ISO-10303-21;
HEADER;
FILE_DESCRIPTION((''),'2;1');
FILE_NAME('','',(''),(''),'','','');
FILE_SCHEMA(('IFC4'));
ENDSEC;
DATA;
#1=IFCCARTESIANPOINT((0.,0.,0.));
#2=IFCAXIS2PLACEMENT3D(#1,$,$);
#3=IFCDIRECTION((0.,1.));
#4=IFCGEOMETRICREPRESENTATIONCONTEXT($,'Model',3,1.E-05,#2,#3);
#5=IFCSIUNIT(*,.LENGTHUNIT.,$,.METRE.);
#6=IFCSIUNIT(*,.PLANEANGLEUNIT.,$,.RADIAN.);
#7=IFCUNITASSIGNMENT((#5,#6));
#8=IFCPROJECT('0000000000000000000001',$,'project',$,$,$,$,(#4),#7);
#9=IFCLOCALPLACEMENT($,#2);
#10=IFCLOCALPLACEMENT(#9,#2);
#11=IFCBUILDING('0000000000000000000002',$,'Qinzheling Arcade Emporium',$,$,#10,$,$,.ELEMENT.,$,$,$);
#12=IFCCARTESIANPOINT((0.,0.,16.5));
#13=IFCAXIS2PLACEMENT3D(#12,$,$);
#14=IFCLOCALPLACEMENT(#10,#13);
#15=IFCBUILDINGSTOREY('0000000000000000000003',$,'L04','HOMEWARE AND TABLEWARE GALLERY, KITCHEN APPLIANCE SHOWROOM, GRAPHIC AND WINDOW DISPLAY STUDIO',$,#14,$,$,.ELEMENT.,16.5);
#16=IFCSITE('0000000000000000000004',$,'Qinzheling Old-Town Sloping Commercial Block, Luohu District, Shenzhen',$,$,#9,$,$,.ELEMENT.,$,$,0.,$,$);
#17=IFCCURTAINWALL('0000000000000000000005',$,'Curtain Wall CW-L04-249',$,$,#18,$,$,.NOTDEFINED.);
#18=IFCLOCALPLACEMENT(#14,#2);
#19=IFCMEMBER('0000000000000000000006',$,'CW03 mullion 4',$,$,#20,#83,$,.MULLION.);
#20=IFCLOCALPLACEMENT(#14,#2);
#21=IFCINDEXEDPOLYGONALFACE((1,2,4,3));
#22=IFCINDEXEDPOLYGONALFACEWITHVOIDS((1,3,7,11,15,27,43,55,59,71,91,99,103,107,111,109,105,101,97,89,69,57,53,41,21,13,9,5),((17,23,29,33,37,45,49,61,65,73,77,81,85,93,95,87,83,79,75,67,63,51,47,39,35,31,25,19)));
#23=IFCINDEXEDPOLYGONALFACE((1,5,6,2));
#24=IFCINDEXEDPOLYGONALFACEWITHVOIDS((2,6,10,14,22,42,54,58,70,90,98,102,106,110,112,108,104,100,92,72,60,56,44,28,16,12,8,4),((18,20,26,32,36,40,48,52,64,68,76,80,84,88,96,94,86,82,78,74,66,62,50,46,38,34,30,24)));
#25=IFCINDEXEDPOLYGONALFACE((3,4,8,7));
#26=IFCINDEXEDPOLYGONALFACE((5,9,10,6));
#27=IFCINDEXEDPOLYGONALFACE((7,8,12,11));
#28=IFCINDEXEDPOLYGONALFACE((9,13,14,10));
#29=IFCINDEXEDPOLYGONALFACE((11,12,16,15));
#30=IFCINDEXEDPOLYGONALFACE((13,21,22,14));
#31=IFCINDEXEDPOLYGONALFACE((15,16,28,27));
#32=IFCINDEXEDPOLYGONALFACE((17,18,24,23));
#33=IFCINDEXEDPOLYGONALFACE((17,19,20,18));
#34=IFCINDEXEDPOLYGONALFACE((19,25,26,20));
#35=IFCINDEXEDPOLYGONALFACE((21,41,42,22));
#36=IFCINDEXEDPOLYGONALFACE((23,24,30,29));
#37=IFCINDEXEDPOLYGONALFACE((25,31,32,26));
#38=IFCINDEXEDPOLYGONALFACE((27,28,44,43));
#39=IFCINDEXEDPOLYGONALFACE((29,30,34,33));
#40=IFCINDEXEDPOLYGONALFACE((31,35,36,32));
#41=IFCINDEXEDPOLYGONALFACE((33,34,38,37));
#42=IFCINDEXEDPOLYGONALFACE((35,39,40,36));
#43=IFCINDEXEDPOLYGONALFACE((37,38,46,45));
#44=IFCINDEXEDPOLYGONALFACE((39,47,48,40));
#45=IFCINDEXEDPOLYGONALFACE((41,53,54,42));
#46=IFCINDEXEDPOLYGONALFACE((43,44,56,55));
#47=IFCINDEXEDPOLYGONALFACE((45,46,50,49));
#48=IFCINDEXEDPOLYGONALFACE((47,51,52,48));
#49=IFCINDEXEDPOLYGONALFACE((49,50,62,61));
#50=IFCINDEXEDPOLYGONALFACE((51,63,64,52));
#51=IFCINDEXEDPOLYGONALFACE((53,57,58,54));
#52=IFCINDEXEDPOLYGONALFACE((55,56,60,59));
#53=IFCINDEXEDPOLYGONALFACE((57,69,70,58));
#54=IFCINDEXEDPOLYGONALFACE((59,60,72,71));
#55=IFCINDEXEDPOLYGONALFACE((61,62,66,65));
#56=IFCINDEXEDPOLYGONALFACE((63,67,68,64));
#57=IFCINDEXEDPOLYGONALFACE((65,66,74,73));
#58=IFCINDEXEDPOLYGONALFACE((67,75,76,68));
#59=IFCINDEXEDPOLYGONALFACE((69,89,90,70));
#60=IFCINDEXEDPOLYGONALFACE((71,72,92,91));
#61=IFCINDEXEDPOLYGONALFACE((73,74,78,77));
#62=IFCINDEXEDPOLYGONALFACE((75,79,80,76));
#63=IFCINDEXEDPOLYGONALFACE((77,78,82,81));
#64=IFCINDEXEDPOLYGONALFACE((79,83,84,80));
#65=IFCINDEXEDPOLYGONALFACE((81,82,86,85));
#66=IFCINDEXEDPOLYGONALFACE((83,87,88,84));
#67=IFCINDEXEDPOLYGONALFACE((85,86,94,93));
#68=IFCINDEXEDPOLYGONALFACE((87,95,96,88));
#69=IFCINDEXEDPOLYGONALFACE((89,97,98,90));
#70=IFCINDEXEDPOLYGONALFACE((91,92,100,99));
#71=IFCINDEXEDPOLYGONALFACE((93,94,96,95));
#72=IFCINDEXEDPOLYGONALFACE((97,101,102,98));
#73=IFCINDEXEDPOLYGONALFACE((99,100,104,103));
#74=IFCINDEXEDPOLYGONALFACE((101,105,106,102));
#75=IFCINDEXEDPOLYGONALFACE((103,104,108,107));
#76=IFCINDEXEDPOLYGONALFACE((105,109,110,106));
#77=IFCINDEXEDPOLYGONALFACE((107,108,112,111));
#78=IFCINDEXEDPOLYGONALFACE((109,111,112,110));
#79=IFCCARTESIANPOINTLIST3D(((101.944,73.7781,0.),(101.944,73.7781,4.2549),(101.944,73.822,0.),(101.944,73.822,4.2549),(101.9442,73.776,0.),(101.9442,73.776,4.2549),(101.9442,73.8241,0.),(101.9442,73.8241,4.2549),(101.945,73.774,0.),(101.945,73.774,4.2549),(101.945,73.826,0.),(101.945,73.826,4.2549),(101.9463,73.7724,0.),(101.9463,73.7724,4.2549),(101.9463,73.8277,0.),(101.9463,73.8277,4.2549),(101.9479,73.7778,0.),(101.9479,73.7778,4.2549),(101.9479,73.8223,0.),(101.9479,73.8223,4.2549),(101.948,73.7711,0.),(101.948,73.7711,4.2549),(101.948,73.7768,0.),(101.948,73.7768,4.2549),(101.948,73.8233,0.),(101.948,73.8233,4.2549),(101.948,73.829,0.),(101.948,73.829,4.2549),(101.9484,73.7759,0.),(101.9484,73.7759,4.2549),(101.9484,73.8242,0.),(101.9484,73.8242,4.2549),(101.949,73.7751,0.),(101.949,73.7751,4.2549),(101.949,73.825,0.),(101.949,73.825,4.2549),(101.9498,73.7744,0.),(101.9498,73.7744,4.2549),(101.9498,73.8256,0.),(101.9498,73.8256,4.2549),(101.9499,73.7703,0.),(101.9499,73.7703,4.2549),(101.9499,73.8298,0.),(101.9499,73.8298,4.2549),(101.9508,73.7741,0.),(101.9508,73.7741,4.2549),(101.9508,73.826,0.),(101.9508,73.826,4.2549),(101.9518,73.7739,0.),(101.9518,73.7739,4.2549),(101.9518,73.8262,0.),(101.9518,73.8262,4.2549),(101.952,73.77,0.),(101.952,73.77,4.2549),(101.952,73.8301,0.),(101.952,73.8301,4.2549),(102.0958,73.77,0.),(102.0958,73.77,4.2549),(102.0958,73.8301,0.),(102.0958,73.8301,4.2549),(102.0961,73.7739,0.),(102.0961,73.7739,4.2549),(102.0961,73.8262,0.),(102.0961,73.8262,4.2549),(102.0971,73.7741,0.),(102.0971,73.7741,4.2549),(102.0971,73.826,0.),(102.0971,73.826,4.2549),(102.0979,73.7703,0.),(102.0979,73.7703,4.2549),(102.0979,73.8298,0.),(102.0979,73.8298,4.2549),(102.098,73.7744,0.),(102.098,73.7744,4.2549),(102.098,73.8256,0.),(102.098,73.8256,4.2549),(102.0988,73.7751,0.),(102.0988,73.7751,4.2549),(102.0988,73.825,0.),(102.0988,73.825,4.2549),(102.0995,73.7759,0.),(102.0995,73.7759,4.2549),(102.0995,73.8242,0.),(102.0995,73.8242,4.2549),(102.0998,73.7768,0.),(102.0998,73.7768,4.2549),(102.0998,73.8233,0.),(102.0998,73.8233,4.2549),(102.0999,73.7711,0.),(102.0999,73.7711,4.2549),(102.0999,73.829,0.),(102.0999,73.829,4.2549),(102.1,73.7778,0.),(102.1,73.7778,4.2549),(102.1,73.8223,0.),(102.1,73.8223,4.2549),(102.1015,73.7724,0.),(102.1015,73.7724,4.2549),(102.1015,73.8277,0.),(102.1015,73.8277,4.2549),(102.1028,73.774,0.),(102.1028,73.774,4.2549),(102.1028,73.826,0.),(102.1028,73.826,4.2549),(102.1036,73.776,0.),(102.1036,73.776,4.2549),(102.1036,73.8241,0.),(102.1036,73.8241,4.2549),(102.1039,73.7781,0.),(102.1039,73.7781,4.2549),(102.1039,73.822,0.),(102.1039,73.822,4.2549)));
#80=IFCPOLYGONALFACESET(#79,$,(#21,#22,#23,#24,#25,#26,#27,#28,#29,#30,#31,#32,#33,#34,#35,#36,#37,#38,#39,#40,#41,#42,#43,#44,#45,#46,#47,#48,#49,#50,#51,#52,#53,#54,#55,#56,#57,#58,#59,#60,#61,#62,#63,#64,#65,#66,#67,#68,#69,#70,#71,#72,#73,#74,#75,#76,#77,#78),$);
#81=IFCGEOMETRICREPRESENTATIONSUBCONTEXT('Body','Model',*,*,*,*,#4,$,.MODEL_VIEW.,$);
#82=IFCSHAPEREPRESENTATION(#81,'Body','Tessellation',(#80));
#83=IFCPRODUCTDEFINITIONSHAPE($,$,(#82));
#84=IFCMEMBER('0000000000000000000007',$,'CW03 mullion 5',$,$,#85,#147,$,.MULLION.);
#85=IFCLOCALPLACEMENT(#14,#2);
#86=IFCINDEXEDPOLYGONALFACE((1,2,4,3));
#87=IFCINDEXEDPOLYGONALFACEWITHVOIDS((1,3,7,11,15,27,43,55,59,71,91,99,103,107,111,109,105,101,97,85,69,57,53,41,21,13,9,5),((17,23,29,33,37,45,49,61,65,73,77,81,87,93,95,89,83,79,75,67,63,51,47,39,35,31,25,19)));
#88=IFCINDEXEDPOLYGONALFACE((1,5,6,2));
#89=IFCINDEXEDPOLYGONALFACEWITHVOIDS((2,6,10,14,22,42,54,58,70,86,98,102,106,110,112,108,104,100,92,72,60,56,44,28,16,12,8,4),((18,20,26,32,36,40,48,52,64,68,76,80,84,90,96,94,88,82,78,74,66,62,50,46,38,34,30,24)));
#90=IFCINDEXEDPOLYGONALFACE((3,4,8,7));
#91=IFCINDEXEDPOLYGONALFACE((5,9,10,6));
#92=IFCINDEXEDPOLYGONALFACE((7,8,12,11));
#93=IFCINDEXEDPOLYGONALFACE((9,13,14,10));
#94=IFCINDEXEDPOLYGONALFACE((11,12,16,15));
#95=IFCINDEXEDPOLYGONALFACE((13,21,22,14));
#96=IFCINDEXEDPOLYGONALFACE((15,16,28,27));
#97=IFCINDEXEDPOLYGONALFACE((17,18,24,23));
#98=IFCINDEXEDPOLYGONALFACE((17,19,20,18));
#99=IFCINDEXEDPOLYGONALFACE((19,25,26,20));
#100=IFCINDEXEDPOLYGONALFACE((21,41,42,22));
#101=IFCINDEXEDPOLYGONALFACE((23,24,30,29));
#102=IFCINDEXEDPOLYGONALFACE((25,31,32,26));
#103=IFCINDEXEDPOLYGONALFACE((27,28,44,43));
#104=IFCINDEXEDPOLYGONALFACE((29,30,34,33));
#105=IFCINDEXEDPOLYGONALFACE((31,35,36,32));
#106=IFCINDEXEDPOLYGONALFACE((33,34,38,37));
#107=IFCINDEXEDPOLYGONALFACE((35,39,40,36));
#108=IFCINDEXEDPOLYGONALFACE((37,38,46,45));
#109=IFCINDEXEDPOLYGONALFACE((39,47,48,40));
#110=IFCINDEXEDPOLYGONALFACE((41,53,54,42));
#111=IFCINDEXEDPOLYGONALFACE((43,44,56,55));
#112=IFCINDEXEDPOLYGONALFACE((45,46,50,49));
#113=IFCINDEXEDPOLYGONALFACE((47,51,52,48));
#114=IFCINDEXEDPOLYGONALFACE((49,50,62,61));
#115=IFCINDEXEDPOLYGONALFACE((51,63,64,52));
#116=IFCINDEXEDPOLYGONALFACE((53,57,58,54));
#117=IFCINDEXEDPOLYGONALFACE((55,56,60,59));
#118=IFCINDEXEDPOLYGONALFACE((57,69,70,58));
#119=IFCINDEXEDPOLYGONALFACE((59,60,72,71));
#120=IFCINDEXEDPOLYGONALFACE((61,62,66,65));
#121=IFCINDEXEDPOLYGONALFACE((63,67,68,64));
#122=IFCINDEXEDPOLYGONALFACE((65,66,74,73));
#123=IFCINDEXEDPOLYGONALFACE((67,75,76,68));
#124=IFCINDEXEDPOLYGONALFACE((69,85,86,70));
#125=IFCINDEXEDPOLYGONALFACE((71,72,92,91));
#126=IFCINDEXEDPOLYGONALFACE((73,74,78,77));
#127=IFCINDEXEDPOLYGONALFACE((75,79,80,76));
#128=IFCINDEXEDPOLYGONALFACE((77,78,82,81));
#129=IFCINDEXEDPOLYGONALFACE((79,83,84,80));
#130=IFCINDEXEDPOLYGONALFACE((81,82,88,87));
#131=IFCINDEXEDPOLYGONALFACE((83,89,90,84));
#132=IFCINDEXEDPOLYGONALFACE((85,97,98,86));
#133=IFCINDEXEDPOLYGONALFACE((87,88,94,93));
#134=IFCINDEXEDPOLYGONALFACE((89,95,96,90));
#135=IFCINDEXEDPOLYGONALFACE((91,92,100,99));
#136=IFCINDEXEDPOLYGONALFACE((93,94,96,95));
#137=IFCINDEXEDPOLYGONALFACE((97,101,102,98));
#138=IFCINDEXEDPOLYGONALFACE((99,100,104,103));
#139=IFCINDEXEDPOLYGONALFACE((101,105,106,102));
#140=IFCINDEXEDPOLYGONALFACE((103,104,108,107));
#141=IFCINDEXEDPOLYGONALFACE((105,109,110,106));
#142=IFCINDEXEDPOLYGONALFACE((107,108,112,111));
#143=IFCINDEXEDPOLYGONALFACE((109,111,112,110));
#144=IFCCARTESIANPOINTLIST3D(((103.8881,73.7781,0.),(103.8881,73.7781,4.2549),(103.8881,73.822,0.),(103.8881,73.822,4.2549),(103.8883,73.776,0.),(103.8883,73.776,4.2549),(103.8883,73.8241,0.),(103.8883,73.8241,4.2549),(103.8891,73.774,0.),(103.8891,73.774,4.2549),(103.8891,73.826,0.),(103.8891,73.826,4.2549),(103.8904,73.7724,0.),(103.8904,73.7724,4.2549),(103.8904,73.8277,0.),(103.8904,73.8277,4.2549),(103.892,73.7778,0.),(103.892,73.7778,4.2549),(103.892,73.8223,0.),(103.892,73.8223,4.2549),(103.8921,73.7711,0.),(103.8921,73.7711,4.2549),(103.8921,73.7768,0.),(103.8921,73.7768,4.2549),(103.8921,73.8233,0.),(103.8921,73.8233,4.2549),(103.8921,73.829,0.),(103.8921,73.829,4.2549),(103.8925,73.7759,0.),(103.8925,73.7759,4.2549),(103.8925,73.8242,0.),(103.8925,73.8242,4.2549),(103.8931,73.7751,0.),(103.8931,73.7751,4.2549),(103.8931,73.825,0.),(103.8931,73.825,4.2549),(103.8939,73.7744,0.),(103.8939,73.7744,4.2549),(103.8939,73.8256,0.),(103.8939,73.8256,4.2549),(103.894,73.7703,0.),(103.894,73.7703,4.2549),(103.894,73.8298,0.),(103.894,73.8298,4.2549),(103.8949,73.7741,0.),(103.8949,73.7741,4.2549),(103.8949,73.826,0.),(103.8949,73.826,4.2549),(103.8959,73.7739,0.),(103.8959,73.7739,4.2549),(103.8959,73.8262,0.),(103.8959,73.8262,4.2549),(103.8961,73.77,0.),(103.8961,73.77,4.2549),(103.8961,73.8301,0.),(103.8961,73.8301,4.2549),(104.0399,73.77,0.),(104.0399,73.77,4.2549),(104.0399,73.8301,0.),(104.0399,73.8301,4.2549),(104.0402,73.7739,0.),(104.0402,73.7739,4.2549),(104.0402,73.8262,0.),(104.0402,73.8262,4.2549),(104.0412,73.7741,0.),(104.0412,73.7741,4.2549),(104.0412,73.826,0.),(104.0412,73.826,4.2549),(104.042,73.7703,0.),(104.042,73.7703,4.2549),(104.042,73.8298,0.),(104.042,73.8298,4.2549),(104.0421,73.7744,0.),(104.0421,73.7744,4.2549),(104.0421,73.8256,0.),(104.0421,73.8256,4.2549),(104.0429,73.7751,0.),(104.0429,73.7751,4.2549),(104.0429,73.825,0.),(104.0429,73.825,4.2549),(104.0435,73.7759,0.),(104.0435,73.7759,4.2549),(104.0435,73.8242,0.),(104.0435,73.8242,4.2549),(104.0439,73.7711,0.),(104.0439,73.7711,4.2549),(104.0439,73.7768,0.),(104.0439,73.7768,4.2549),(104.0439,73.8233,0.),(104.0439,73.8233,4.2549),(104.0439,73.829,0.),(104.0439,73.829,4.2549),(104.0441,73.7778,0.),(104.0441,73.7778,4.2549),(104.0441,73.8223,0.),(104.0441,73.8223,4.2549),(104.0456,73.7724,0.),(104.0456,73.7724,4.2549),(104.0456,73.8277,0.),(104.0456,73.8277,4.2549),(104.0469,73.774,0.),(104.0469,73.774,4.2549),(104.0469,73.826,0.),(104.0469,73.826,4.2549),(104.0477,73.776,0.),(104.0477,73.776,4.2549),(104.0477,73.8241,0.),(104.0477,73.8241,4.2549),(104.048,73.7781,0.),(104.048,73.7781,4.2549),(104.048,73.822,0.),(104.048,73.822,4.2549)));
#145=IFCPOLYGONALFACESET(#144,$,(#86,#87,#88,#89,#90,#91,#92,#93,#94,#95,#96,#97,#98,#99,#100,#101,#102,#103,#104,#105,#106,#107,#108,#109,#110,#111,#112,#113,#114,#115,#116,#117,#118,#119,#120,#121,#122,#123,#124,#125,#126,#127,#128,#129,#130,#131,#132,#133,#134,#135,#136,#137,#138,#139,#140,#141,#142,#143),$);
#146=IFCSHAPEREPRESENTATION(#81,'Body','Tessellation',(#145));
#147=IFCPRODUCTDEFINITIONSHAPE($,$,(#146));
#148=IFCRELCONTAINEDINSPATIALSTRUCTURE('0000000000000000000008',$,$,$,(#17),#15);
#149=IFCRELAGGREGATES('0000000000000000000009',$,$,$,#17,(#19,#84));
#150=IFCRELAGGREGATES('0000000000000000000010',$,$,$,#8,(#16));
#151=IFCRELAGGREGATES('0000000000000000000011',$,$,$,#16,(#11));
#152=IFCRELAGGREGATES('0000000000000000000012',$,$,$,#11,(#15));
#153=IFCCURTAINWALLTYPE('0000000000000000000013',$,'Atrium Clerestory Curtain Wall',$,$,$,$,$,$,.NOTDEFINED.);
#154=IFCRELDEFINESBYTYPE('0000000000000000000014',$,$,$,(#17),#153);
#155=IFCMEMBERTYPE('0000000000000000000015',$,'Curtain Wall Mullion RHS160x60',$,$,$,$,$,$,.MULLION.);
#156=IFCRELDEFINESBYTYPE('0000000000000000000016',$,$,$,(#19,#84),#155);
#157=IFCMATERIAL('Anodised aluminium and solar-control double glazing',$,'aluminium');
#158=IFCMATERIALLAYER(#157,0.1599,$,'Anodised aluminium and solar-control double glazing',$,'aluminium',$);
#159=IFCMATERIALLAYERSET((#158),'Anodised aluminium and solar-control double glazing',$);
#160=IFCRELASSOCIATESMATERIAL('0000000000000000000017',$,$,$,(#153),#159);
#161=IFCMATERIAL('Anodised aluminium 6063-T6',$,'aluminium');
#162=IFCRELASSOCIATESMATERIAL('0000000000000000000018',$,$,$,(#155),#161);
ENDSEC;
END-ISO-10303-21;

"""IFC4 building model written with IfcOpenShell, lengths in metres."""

from ifc_helpers import new_model, si_unit, direction, frame, origin, origin_2d, place, context, subcontext, project, spatial, hollow_rectangle, extrude, material, layer, layer_set, material_profile, profile_set, type_object, element, aggregate, save


model = new_model("IFC4")

# Units and contexts
model_context = context("Model", 3, precision=1e-05, world=origin(), true_north=direction((0.0, 1.0)))
body_context = subcontext(model_context, "Body", "Model", "MODEL_VIEW")
ifc_project = project(units=[si_unit("LENGTHUNIT", "METRE"), si_unit("PLANEANGLEUNIT", "RADIAN")], contexts=[model_context])

# Site, building, storey
site_placement = place(None, origin())
site = spatial("IfcSite", under=ifc_project, at=site_placement, Name="Qinzheling Old-Town Sloping Commercial Block, Luohu District, Shenzhen", CompositionType="ELEMENT", RefElevation=0.0)
building_placement = place(site_placement, origin())
building = spatial("IfcBuilding", under=site, at=building_placement, Name="Qinzheling Arcade Emporium", CompositionType="ELEMENT")
storey_placement = place(building_placement, frame((0.0, 0.0, 16.5)))
storey = spatial("IfcBuildingStorey", under=building, at=storey_placement, Name="L04", Description="HOMEWARE AND TABLEWARE GALLERY, KITCHEN APPLIANCE SHOWROOM, GRAPHIC AND WINDOW DISPLAY STUDIO", CompositionType="ELEMENT", Elevation=16.5)

# Shared definitions
ifc_material_1 = material(Name="Anodised aluminium and solar-control double glazing", Category="aluminium")
ifc_layer_1 = layer(ifc_material_1, 0.1599, Name="Anodised aluminium and solar-control double glazing", Category="aluminium")
ifc_layer_set_1 = layer_set([ifc_layer_1], Name="Anodised aluminium and solar-control double glazing")
curtain_wall_type = type_object("IfcCurtainWallType", Name="Atrium Clerestory Curtain Wall", PredefinedType="NOTDEFINED", material=ifc_layer_set_1)
ifc_material_2 = material(Name="Anodised aluminium 6063-T6", Category="aluminium")
ifc_material_profile_1 = material_profile(ifc_material_2, hollow_rectangle(XDim=0.0601, YDim=0.1599, WallThickness=0.0039, InnerFilletRadius=0.0039, OuterFilletRadius=0.0081, at=origin_2d()), Name="RHS 160x60x4", Category="aluminium")
ifc_profile_set_1 = profile_set([ifc_material_profile_1], Name="Anodised aluminium 6063-T6")
member_type_1 = type_object("IfcMemberType", Name="Curtain Wall Mullion RHS160x60", PredefinedType="MULLION", material=ifc_profile_set_1)

# Curtain wall, members
curtain_wall_1_placement = place(storey_placement, origin())
curtain_wall_1 = element("IfcCurtainWall", 1, at=curtain_wall_1_placement, inside=storey, type_object=curtain_wall_type, Name="Curtain Wall CW-L04-249", PredefinedType="NOTDEFINED")
member_1_placement = place(storey_placement, frame((102.0239, 73.8, 0.0), z_axis=(0.0, 0.0, 1.0), x_axis=(0.0, 1.0, 0.0)))
member_1 = element("IfcMember", 2, at=member_1_placement, type_object=member_type_1, Name="CW03 mullion 4", PredefinedType="MULLION", context=body_context, shape_type="SweptSolid", body=[
    extrude(hollow_rectangle(XDim=0.0601, YDim=0.1599, WallThickness=0.0039, InnerFilletRadius=0.0039, OuterFilletRadius=0.0081, at=origin_2d()), origin(), (0.0, 0.0, 1.0), 4.2549),
])
member_2_placement = place(storey_placement, frame((103.968, 73.8, 0.0), z_axis=(0.0, 0.0, 1.0), x_axis=(0.0, 1.0, 0.0)))
member_2 = element("IfcMember", 3, at=member_2_placement, type_object=member_type_1, Name="CW03 mullion 5", PredefinedType="MULLION", context=body_context, shape_type="SweptSolid", body=[
    extrude(hollow_rectangle(XDim=0.0601, YDim=0.1599, WallThickness=0.0039, InnerFilletRadius=0.0039, OuterFilletRadius=0.0081, at=origin_2d()), origin(), (0.0, 0.0, 1.0), 4.2549),
])

aggregate(curtain_wall_1, [member_1, member_2])

save(model, "model.ifc")
